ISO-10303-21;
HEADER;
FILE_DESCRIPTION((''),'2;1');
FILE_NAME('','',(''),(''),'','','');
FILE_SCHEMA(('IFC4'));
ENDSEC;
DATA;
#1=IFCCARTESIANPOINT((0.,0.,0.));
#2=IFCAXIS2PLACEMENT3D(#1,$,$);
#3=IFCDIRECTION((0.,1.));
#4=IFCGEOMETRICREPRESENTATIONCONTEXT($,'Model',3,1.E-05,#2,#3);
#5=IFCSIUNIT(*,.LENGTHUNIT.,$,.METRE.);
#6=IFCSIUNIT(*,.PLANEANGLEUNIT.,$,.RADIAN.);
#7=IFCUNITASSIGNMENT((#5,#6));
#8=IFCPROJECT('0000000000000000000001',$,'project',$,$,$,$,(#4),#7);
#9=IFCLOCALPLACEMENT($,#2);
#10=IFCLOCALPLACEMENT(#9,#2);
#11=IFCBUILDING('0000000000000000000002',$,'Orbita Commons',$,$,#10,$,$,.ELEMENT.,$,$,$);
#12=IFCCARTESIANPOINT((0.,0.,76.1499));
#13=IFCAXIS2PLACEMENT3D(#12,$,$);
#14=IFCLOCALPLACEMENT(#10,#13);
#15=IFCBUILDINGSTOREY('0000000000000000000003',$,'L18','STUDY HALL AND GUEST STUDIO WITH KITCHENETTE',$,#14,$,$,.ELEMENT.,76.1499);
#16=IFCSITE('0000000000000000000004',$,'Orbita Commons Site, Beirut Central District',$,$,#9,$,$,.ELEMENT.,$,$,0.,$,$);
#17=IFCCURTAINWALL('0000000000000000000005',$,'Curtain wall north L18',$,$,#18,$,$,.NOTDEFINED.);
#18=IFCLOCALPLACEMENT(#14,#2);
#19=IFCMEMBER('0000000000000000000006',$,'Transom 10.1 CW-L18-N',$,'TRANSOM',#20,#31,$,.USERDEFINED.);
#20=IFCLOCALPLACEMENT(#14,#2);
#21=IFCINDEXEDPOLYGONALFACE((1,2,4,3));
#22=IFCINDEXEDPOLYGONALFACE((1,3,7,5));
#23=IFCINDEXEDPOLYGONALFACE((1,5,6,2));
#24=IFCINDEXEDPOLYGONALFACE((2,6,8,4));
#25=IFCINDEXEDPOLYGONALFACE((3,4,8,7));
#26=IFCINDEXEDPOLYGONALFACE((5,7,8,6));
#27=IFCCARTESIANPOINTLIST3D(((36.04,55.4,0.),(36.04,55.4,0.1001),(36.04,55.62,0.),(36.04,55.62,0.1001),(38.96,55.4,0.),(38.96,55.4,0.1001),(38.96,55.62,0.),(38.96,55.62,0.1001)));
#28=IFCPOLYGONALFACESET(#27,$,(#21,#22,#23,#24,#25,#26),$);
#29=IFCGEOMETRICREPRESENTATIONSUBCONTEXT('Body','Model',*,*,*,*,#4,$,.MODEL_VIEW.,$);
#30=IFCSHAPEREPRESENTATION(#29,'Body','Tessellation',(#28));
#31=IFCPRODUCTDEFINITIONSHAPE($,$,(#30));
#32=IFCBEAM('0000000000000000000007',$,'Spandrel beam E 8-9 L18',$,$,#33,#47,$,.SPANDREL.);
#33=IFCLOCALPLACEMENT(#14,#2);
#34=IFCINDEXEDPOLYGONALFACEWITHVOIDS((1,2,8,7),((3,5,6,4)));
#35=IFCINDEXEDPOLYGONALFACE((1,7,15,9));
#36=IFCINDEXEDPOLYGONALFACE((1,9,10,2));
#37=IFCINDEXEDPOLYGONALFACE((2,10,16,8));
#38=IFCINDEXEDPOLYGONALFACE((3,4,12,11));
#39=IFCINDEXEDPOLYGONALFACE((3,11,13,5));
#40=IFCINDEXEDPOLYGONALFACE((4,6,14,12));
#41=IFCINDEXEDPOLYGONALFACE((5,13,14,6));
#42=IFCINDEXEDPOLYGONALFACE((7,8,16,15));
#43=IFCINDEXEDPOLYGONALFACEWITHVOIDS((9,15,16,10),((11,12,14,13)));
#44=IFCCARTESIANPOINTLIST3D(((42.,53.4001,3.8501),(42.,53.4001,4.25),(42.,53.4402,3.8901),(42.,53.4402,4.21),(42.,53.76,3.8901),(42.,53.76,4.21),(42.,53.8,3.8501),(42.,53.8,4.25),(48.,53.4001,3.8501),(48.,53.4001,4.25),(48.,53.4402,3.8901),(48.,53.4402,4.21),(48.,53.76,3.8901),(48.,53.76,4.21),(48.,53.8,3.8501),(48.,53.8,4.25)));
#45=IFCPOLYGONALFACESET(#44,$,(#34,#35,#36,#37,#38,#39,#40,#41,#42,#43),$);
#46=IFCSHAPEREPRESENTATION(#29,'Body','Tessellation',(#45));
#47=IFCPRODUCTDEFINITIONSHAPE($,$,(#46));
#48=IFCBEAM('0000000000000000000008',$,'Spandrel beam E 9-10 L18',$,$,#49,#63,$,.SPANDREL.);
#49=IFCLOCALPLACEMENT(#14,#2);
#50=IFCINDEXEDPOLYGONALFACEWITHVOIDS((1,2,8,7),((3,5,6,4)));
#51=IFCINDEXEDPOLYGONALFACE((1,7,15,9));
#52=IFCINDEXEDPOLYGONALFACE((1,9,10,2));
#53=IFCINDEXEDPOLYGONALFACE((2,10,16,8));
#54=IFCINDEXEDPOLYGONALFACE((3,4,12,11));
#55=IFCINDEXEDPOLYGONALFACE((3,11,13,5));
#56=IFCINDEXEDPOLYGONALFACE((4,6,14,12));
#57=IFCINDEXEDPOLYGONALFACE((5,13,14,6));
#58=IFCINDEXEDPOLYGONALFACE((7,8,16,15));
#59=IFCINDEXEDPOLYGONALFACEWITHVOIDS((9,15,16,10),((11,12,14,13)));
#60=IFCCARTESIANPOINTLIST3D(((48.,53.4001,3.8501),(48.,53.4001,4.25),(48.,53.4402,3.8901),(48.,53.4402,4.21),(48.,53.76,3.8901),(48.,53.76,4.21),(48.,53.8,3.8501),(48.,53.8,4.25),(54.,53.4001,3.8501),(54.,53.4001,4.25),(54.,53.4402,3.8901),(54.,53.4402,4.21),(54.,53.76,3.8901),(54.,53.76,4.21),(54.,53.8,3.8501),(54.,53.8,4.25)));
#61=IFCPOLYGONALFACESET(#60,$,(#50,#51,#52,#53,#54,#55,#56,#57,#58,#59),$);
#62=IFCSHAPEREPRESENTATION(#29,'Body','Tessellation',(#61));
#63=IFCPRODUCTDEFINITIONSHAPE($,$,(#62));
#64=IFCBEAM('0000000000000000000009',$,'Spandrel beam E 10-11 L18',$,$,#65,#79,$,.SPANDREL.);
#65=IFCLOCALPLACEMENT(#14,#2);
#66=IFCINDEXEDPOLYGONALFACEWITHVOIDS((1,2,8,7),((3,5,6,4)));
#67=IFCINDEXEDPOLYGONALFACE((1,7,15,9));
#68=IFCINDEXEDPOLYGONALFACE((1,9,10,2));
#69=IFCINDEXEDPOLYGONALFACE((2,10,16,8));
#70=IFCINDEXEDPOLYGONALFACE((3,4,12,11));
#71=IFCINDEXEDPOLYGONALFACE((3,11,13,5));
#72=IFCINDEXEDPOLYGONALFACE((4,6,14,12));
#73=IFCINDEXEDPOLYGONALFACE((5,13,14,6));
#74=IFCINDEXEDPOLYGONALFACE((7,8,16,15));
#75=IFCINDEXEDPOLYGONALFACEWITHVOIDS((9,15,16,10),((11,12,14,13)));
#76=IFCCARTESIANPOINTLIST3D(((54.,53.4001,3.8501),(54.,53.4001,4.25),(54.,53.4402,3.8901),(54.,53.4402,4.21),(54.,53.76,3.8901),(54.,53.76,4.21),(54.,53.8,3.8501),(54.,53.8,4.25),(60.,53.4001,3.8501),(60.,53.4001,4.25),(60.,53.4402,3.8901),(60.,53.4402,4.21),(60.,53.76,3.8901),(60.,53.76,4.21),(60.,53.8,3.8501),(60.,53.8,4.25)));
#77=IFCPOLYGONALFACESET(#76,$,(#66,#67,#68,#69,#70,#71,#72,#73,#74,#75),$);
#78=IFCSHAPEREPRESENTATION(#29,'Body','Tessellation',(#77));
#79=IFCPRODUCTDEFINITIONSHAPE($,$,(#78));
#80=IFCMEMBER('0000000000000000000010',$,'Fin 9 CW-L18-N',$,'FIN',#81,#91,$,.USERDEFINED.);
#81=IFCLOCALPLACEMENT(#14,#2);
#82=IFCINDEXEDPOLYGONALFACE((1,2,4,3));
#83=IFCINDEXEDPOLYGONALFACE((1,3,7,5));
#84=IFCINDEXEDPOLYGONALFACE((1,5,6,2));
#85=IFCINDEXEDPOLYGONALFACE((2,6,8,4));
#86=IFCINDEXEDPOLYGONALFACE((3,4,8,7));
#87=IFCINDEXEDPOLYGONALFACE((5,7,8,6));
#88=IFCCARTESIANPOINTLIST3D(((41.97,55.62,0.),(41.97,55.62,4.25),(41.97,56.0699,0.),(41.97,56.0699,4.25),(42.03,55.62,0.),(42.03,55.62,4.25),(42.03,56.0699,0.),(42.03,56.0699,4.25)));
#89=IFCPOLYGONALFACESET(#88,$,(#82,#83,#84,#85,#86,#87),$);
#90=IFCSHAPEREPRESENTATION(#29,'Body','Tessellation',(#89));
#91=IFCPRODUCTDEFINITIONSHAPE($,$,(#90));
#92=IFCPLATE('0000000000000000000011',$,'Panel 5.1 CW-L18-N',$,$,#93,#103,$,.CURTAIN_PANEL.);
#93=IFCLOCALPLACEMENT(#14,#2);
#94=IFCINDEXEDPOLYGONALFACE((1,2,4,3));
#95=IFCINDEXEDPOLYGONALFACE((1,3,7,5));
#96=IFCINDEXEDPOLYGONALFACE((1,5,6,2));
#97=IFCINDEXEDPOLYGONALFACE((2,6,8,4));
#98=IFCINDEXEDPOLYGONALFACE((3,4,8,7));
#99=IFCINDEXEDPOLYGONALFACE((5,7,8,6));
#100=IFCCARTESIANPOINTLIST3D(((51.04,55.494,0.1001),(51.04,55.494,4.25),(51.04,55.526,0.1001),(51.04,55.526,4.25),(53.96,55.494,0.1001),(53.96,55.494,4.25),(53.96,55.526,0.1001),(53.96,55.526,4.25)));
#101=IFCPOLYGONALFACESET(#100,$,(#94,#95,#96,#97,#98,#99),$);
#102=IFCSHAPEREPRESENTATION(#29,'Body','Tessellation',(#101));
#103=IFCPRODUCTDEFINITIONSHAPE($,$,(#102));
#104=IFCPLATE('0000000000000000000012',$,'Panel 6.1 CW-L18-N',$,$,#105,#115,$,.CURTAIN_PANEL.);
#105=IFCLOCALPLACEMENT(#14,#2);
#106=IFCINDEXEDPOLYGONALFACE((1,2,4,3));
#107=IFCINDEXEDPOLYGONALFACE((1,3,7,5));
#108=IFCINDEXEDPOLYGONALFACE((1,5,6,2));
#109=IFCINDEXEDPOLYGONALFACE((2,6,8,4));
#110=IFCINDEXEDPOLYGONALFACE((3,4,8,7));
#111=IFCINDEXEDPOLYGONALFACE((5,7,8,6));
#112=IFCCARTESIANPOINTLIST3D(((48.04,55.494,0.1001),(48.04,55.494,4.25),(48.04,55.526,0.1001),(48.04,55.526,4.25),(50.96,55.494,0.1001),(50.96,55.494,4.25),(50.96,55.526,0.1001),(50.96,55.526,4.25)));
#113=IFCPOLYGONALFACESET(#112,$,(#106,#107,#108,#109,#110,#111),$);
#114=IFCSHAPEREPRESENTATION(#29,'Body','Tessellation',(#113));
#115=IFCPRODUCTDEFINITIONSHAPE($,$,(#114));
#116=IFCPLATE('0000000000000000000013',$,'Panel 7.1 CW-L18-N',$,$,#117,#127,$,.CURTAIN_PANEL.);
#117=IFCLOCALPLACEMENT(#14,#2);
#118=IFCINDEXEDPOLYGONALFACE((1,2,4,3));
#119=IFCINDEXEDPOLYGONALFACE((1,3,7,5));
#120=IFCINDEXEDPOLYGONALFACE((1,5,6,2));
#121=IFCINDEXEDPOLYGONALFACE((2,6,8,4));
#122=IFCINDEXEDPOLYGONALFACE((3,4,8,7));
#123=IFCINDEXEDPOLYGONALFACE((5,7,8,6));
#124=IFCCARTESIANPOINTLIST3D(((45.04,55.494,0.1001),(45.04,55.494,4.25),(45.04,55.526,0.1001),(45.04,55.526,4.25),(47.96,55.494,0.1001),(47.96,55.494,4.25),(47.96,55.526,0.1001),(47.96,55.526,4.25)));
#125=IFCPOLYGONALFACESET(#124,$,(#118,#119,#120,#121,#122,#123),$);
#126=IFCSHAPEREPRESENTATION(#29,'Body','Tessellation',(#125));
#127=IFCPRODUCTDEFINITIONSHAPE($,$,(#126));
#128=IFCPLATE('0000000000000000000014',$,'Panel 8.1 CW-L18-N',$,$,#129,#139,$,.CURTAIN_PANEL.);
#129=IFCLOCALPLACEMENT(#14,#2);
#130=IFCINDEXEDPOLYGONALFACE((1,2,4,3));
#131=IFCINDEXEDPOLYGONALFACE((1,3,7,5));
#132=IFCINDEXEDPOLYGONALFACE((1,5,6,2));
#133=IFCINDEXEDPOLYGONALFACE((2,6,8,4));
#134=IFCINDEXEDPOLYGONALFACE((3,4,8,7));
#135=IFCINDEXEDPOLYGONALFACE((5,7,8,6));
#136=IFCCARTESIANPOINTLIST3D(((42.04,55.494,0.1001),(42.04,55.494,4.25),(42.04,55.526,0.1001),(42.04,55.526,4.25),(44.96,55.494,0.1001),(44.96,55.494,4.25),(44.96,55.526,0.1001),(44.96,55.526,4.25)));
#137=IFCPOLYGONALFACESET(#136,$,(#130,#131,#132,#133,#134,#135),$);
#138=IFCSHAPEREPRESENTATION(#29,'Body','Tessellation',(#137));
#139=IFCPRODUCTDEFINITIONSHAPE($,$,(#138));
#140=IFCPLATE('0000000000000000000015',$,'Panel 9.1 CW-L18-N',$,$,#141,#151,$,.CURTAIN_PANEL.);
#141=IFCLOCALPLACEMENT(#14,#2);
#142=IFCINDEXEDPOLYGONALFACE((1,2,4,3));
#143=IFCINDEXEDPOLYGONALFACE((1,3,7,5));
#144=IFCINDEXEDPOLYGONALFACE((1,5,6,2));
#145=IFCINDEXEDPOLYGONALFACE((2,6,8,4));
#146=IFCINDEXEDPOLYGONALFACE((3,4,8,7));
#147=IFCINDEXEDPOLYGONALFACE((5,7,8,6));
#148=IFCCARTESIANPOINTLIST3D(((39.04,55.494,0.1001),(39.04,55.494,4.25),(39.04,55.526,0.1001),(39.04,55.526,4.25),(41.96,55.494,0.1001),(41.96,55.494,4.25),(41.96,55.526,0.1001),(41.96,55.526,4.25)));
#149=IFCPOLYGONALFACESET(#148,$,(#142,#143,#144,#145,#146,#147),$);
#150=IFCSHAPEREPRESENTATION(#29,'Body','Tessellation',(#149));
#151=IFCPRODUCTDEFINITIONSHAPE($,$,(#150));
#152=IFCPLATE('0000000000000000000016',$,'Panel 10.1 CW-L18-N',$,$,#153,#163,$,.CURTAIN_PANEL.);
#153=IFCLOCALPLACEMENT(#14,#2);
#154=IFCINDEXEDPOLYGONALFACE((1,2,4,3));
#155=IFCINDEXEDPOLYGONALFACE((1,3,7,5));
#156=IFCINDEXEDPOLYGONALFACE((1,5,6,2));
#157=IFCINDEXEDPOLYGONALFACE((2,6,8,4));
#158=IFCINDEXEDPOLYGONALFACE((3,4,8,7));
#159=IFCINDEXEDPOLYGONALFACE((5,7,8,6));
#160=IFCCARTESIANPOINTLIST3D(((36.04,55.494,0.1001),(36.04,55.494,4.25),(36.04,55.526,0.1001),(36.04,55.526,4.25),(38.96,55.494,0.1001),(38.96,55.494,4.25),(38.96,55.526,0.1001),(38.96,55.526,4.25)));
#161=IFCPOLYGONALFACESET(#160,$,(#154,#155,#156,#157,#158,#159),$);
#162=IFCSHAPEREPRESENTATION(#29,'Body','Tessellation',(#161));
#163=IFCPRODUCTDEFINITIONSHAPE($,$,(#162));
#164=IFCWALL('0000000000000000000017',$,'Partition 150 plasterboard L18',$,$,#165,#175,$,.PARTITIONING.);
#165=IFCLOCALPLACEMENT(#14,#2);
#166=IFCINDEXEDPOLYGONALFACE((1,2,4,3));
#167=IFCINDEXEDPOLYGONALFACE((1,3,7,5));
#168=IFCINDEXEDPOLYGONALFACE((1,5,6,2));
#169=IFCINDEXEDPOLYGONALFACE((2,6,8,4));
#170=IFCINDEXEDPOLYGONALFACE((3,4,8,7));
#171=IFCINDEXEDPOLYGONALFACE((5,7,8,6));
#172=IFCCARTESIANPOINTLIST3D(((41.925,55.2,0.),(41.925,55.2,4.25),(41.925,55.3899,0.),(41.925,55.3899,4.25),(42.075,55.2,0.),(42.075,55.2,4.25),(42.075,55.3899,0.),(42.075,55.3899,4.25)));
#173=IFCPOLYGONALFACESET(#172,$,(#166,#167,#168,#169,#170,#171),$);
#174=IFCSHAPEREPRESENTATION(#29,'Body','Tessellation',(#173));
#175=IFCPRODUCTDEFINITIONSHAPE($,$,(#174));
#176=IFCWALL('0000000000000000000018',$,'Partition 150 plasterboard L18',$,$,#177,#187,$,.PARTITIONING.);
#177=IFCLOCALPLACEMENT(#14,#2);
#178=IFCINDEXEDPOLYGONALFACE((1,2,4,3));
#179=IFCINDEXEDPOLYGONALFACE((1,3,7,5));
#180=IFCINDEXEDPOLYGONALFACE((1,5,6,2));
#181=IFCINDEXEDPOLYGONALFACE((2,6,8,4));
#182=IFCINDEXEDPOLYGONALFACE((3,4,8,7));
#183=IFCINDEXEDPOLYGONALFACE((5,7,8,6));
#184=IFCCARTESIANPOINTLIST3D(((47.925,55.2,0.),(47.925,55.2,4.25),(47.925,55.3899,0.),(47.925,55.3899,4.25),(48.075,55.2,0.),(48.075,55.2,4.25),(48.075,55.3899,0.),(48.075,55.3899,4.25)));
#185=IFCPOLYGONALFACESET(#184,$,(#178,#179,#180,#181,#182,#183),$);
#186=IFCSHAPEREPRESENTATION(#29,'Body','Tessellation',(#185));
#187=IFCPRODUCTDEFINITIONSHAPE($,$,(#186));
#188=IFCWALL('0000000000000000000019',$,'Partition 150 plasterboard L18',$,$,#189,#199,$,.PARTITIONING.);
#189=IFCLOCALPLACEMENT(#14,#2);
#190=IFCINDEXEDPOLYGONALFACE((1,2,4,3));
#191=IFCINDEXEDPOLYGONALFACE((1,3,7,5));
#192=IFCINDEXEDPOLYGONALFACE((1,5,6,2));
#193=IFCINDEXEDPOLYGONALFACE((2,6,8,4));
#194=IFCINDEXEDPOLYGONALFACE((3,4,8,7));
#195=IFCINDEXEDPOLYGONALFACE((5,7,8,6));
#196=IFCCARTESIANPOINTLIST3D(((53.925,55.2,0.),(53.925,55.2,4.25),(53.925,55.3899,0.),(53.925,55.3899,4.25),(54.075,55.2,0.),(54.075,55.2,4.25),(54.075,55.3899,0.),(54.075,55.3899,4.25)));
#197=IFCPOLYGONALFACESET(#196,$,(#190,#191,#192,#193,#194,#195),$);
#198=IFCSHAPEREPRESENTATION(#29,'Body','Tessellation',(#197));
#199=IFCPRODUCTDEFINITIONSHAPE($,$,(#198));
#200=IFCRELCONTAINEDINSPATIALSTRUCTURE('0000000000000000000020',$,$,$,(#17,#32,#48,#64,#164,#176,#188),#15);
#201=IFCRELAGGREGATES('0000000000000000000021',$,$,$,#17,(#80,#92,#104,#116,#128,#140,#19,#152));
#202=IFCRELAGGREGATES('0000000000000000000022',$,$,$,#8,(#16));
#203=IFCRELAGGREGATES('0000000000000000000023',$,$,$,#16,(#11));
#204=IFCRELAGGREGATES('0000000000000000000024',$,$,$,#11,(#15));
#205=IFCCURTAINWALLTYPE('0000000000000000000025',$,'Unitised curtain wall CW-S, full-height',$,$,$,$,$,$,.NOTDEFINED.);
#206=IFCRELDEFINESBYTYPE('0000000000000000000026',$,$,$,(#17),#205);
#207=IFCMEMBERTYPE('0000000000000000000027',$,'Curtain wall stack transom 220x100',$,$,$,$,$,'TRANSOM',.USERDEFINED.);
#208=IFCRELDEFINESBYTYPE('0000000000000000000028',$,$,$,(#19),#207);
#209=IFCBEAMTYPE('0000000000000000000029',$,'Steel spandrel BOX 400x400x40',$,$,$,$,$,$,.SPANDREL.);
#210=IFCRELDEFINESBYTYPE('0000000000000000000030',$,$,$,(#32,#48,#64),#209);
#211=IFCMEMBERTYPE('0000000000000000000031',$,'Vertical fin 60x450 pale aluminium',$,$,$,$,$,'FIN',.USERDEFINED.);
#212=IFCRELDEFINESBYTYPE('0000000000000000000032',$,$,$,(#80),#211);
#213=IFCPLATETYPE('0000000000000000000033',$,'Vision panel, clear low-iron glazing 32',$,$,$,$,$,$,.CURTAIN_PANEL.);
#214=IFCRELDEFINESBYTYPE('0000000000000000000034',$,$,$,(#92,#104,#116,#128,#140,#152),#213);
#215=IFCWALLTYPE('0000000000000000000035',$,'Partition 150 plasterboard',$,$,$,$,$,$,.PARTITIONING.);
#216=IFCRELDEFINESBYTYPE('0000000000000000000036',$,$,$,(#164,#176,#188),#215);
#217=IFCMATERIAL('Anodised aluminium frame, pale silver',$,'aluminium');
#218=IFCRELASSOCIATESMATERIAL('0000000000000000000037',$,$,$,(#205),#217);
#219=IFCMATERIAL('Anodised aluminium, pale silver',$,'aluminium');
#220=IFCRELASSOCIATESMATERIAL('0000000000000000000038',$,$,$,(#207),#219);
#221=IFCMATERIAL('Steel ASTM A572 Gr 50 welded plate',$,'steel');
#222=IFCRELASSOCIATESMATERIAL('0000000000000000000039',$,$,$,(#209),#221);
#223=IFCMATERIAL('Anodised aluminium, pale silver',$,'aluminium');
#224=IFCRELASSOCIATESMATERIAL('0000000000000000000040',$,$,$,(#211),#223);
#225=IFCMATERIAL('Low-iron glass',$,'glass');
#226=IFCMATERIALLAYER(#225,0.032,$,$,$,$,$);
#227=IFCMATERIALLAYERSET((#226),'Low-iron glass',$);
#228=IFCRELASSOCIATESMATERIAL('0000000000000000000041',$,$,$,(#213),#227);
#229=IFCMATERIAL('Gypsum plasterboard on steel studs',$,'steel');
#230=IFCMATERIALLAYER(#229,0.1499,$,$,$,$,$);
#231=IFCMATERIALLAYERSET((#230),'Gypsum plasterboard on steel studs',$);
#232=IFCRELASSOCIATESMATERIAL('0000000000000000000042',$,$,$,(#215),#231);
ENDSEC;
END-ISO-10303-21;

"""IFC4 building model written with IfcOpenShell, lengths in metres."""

from ifc_helpers import new_model, si_unit, direction, frame, frame_2d, origin, origin_2d, place, context, subcontext, project, spatial, rectangle, hollow_rectangle, extrude, material, layer, layer_set, material_profile, profile_set, type_object, element, aggregate, save


model = new_model("IFC4")

# Units and contexts
model_context = context("Model", 3, precision=1e-05, world=origin(), true_north=direction((0.0, 1.0)))
body_context = subcontext(model_context, "Body", "Model", "MODEL_VIEW")
ifc_project = project(units=[si_unit("LENGTHUNIT", "METRE"), si_unit("PLANEANGLEUNIT", "RADIAN")], contexts=[model_context])

# Site, building, storey
site_placement = place(None, origin())
site = spatial("IfcSite", under=ifc_project, at=site_placement, Name="Orbita Commons Site, Beirut Central District", CompositionType="ELEMENT", RefElevation=0.0)
building_placement = place(site_placement, origin())
building = spatial("IfcBuilding", under=site, at=building_placement, Name="Orbita Commons", CompositionType="ELEMENT")
storey_placement = place(building_placement, frame((0.0, 0.0, 76.1499)))
storey = spatial("IfcBuildingStorey", under=building, at=storey_placement, Name="L18", Description="STUDY HALL AND GUEST STUDIO WITH KITCHENETTE", CompositionType="ELEMENT", Elevation=76.1499)

# Curtain wall, member
ifc_material_1 = material(Name="Anodised aluminium frame, pale silver", Category="aluminium")
curtain_wall_type = type_object("IfcCurtainWallType", Name="Unitised curtain wall CW-S, full-height", PredefinedType="NOTDEFINED", material=ifc_material_1)
curtain_wall_placement = place(storey_placement, origin())
curtain_wall = element("IfcCurtainWall", 1, at=curtain_wall_placement, inside=storey, type_object=curtain_wall_type, Name="Curtain wall north L18", PredefinedType="NOTDEFINED")
ifc_material_2 = material(Name="Anodised aluminium, pale silver", Category="aluminium")
ifc_material_profile_1 = material_profile(ifc_material_2, rectangle(XDim=0.22, YDim=0.1001, at=origin_2d()), Name="AL 220x100")
ifc_profile_set_1 = profile_set([ifc_material_profile_1], Name="Anodised aluminium, pale silver")
member_type_1 = type_object("IfcMemberType", Name="Curtain wall stack transom 220x100", ElementType="TRANSOM", PredefinedType="USERDEFINED", material=ifc_profile_set_1)
member_1_placement = place(storey_placement, frame((38.96, 55.51, 0.05), z_axis=(-1.0, 0.0, 0.0), x_axis=(0.0, -1.0, 0.0)))
member_1 = element("IfcMember", 2, at=member_1_placement, type_object=member_type_1, Name="Transom 10.1 CW-L18-N", ObjectType="TRANSOM", PredefinedType="USERDEFINED", context=body_context, shape_type="SweptSolid", body=[
    extrude(rectangle(XDim=0.22, YDim=0.1001, at=origin_2d()), origin(), (0.0, 0.0, 1.0), 2.9199),
])

# Beams
ifc_material_3 = material(Name="Steel ASTM A572 Gr 50 welded plate", Category="steel")
ifc_material_profile_2 = material_profile(ifc_material_3, hollow_rectangle(XDim=0.3999, YDim=0.3999, WallThickness=0.04, at=origin_2d()), Name="BOX 400x400x40")
ifc_profile_set_2 = profile_set([ifc_material_profile_2], Name="Steel ASTM A572 Gr 50 welded plate")
beam_type = type_object("IfcBeamType", Name="Steel spandrel BOX 400x400x40", PredefinedType="SPANDREL", material=ifc_profile_set_2)
for number, where, z_axis, x_axis, name in (
    (3, (42.0, 53.6001, 4.05), (1.0, 0.0, 0.0), (0.0, 1.0, 0.0), "Spandrel beam E 8-9 L18"),
    (4, (48.0, 53.6001, 4.05), (1.0, 0.0, 0.0), (0.0, 1.0, 0.0), "Spandrel beam E 9-10 L18"),
    (5, (54.0, 53.6001, 4.05), (1.0, 0.0, 0.0), (0.0, 1.0, 0.0), "Spandrel beam E 10-11 L18"),
):
    element("IfcBeam", number, at=place(storey_placement, frame(where, z_axis=z_axis, x_axis=x_axis)), inside=storey, type_object=beam_type, Name=name, PredefinedType="SPANDREL", context=body_context, shape_type="SweptSolid", body=[
        extrude(hollow_rectangle(XDim=0.3999, YDim=0.3999, WallThickness=0.04, at=origin_2d()), origin(), (0.0, 0.0, 1.0), 6.0),
    ])

# Member
ifc_material_4 = material(Name="Anodised aluminium, pale silver", Category="aluminium")
ifc_material_profile_3 = material_profile(ifc_material_4, rectangle(XDim=0.0601, YDim=0.45, at=origin_2d()), Name="FIN 60x450")
ifc_profile_set_3 = profile_set([ifc_material_profile_3], Name="Anodised aluminium, pale silver")
member_type_2 = type_object("IfcMemberType", Name="Vertical fin 60x450 pale aluminium", ElementType="FIN", PredefinedType="USERDEFINED", material=ifc_profile_set_3)
member_2_placement = place(storey_placement, frame((42.0, 55.845, 0.0), z_axis=(0.0, 0.0, 1.0), x_axis=(-1.0, 0.0, 0.0)))
member_2 = element("IfcMember", 6, at=member_2_placement, type_object=member_type_2, Name="Fin 9 CW-L18-N", ObjectType="FIN", PredefinedType="USERDEFINED", context=body_context, shape_type="SweptSolid", body=[
    extrude(rectangle(XDim=0.0601, YDim=0.45, at=origin_2d()), origin(), (0.0, 0.0, 1.0), 4.25),
])

# Plates
ifc_material_5 = material(Name="Low-iron glass", Category="glass")
ifc_layer_1 = layer(ifc_material_5, 0.032)
ifc_layer_set_1 = layer_set([ifc_layer_1], Name="Low-iron glass")
plate_type = type_object("IfcPlateType", Name="Vision panel, clear low-iron glazing 32", PredefinedType="CURTAIN_PANEL", material=ifc_layer_set_1)
plate_1_placement = place(storey_placement, frame((52.5, 55.51, 0.1001), z_axis=(0.0, 0.0, 1.0), x_axis=(-1.0, 0.0, 0.0)))
plate_1 = element("IfcPlate", 7, at=plate_1_placement, type_object=plate_type, Name="Panel 5.1 CW-L18-N", PredefinedType="CURTAIN_PANEL", context=body_context, shape_type="SweptSolid", body=[
    extrude(rectangle(XDim=2.9199, YDim=0.032, at=origin_2d()), origin(), (0.0, 0.0, 1.0), 4.1499),
])
plate_2_placement = place(storey_placement, frame((49.5, 55.51, 0.1001), z_axis=(0.0, 0.0, 1.0), x_axis=(-1.0, 0.0, 0.0)))
plate_2 = element("IfcPlate", 8, at=plate_2_placement, type_object=plate_type, Name="Panel 6.1 CW-L18-N", PredefinedType="CURTAIN_PANEL", context=body_context, shape_type="SweptSolid", body=[
    extrude(rectangle(XDim=2.9199, YDim=0.032, at=origin_2d()), origin(), (0.0, 0.0, 1.0), 4.1499),
])
plate_3_placement = place(storey_placement, frame((46.5, 55.51, 0.1001), z_axis=(0.0, 0.0, 1.0), x_axis=(-1.0, 0.0, 0.0)))
plate_3 = element("IfcPlate", 9, at=plate_3_placement, type_object=plate_type, Name="Panel 7.1 CW-L18-N", PredefinedType="CURTAIN_PANEL", context=body_context, shape_type="SweptSolid", body=[
    extrude(rectangle(XDim=2.9199, YDim=0.032, at=origin_2d()), origin(), (0.0, 0.0, 1.0), 4.1499),
])
plate_4_placement = place(storey_placement, frame((43.5, 55.51, 0.1001), z_axis=(0.0, 0.0, 1.0), x_axis=(-1.0, 0.0, 0.0)))
plate_4 = element("IfcPlate", 10, at=plate_4_placement, type_object=plate_type, Name="Panel 8.1 CW-L18-N", PredefinedType="CURTAIN_PANEL", context=body_context, shape_type="SweptSolid", body=[
    extrude(rectangle(XDim=2.9199, YDim=0.032, at=origin_2d()), origin(), (0.0, 0.0, 1.0), 4.1499),
])
plate_5_placement = place(storey_placement, frame((40.5, 55.51, 0.1001), z_axis=(0.0, 0.0, 1.0), x_axis=(-1.0, 0.0, 0.0)))
plate_5 = element("IfcPlate", 11, at=plate_5_placement, type_object=plate_type, Name="Panel 9.1 CW-L18-N", PredefinedType="CURTAIN_PANEL", context=body_context, shape_type="SweptSolid", body=[
    extrude(rectangle(XDim=2.9199, YDim=0.032, at=origin_2d()), origin(), (0.0, 0.0, 1.0), 4.1499),
])
plate_6_placement = place(storey_placement, frame((37.5, 55.51, 0.1001), z_axis=(0.0, 0.0, 1.0), x_axis=(-1.0, 0.0, 0.0)))
plate_6 = element("IfcPlate", 12, at=plate_6_placement, type_object=plate_type, Name="Panel 10.1 CW-L18-N", PredefinedType="CURTAIN_PANEL", context=body_context, shape_type="SweptSolid", body=[
    extrude(rectangle(XDim=2.9199, YDim=0.032, at=origin_2d()), origin(), (0.0, 0.0, 1.0), 4.1499),
])
aggregate(curtain_wall, [member_2, plate_1, plate_2, plate_3, plate_4, plate_5, member_1, plate_6])

# Walls
ifc_material_6 = material(Name="Gypsum plasterboard on steel studs", Category="steel")
ifc_layer_2 = layer(ifc_material_6, 0.1499)
ifc_layer_set_2 = layer_set([ifc_layer_2], Name="Gypsum plasterboard on steel studs")
wall_type = type_object("IfcWallType", Name="Partition 150 plasterboard", PredefinedType="PARTITIONING", material=ifc_layer_set_2)
for number, where, z_axis, x_axis, name in (
    (13, (42.0, 55.2, 0.0), (0.0, 0.0, 1.0), (0.0, 1.0, 0.0), "Partition 150 plasterboard L18"),
    (14, (48.0, 55.2, 0.0), (0.0, 0.0, 1.0), (0.0, 1.0, 0.0), "Partition 150 plasterboard L18"),
    (15, (54.0, 55.2, 0.0), (0.0, 0.0, 1.0), (0.0, 1.0, 0.0), "Partition 150 plasterboard L18"),
):
    element("IfcWall", number, at=place(storey_placement, frame(where, z_axis=z_axis, x_axis=x_axis)), inside=storey, type_object=wall_type, Name=name, PredefinedType="PARTITIONING", context=body_context, shape_type="SweptSolid", body=[
        extrude(rectangle(XDim=0.1899, YDim=0.1499, at=frame_2d((0.095, 0.0))), origin(), (0.0, 0.0, 1.0), 4.25),
    ])

save(model, "model.ifc")
